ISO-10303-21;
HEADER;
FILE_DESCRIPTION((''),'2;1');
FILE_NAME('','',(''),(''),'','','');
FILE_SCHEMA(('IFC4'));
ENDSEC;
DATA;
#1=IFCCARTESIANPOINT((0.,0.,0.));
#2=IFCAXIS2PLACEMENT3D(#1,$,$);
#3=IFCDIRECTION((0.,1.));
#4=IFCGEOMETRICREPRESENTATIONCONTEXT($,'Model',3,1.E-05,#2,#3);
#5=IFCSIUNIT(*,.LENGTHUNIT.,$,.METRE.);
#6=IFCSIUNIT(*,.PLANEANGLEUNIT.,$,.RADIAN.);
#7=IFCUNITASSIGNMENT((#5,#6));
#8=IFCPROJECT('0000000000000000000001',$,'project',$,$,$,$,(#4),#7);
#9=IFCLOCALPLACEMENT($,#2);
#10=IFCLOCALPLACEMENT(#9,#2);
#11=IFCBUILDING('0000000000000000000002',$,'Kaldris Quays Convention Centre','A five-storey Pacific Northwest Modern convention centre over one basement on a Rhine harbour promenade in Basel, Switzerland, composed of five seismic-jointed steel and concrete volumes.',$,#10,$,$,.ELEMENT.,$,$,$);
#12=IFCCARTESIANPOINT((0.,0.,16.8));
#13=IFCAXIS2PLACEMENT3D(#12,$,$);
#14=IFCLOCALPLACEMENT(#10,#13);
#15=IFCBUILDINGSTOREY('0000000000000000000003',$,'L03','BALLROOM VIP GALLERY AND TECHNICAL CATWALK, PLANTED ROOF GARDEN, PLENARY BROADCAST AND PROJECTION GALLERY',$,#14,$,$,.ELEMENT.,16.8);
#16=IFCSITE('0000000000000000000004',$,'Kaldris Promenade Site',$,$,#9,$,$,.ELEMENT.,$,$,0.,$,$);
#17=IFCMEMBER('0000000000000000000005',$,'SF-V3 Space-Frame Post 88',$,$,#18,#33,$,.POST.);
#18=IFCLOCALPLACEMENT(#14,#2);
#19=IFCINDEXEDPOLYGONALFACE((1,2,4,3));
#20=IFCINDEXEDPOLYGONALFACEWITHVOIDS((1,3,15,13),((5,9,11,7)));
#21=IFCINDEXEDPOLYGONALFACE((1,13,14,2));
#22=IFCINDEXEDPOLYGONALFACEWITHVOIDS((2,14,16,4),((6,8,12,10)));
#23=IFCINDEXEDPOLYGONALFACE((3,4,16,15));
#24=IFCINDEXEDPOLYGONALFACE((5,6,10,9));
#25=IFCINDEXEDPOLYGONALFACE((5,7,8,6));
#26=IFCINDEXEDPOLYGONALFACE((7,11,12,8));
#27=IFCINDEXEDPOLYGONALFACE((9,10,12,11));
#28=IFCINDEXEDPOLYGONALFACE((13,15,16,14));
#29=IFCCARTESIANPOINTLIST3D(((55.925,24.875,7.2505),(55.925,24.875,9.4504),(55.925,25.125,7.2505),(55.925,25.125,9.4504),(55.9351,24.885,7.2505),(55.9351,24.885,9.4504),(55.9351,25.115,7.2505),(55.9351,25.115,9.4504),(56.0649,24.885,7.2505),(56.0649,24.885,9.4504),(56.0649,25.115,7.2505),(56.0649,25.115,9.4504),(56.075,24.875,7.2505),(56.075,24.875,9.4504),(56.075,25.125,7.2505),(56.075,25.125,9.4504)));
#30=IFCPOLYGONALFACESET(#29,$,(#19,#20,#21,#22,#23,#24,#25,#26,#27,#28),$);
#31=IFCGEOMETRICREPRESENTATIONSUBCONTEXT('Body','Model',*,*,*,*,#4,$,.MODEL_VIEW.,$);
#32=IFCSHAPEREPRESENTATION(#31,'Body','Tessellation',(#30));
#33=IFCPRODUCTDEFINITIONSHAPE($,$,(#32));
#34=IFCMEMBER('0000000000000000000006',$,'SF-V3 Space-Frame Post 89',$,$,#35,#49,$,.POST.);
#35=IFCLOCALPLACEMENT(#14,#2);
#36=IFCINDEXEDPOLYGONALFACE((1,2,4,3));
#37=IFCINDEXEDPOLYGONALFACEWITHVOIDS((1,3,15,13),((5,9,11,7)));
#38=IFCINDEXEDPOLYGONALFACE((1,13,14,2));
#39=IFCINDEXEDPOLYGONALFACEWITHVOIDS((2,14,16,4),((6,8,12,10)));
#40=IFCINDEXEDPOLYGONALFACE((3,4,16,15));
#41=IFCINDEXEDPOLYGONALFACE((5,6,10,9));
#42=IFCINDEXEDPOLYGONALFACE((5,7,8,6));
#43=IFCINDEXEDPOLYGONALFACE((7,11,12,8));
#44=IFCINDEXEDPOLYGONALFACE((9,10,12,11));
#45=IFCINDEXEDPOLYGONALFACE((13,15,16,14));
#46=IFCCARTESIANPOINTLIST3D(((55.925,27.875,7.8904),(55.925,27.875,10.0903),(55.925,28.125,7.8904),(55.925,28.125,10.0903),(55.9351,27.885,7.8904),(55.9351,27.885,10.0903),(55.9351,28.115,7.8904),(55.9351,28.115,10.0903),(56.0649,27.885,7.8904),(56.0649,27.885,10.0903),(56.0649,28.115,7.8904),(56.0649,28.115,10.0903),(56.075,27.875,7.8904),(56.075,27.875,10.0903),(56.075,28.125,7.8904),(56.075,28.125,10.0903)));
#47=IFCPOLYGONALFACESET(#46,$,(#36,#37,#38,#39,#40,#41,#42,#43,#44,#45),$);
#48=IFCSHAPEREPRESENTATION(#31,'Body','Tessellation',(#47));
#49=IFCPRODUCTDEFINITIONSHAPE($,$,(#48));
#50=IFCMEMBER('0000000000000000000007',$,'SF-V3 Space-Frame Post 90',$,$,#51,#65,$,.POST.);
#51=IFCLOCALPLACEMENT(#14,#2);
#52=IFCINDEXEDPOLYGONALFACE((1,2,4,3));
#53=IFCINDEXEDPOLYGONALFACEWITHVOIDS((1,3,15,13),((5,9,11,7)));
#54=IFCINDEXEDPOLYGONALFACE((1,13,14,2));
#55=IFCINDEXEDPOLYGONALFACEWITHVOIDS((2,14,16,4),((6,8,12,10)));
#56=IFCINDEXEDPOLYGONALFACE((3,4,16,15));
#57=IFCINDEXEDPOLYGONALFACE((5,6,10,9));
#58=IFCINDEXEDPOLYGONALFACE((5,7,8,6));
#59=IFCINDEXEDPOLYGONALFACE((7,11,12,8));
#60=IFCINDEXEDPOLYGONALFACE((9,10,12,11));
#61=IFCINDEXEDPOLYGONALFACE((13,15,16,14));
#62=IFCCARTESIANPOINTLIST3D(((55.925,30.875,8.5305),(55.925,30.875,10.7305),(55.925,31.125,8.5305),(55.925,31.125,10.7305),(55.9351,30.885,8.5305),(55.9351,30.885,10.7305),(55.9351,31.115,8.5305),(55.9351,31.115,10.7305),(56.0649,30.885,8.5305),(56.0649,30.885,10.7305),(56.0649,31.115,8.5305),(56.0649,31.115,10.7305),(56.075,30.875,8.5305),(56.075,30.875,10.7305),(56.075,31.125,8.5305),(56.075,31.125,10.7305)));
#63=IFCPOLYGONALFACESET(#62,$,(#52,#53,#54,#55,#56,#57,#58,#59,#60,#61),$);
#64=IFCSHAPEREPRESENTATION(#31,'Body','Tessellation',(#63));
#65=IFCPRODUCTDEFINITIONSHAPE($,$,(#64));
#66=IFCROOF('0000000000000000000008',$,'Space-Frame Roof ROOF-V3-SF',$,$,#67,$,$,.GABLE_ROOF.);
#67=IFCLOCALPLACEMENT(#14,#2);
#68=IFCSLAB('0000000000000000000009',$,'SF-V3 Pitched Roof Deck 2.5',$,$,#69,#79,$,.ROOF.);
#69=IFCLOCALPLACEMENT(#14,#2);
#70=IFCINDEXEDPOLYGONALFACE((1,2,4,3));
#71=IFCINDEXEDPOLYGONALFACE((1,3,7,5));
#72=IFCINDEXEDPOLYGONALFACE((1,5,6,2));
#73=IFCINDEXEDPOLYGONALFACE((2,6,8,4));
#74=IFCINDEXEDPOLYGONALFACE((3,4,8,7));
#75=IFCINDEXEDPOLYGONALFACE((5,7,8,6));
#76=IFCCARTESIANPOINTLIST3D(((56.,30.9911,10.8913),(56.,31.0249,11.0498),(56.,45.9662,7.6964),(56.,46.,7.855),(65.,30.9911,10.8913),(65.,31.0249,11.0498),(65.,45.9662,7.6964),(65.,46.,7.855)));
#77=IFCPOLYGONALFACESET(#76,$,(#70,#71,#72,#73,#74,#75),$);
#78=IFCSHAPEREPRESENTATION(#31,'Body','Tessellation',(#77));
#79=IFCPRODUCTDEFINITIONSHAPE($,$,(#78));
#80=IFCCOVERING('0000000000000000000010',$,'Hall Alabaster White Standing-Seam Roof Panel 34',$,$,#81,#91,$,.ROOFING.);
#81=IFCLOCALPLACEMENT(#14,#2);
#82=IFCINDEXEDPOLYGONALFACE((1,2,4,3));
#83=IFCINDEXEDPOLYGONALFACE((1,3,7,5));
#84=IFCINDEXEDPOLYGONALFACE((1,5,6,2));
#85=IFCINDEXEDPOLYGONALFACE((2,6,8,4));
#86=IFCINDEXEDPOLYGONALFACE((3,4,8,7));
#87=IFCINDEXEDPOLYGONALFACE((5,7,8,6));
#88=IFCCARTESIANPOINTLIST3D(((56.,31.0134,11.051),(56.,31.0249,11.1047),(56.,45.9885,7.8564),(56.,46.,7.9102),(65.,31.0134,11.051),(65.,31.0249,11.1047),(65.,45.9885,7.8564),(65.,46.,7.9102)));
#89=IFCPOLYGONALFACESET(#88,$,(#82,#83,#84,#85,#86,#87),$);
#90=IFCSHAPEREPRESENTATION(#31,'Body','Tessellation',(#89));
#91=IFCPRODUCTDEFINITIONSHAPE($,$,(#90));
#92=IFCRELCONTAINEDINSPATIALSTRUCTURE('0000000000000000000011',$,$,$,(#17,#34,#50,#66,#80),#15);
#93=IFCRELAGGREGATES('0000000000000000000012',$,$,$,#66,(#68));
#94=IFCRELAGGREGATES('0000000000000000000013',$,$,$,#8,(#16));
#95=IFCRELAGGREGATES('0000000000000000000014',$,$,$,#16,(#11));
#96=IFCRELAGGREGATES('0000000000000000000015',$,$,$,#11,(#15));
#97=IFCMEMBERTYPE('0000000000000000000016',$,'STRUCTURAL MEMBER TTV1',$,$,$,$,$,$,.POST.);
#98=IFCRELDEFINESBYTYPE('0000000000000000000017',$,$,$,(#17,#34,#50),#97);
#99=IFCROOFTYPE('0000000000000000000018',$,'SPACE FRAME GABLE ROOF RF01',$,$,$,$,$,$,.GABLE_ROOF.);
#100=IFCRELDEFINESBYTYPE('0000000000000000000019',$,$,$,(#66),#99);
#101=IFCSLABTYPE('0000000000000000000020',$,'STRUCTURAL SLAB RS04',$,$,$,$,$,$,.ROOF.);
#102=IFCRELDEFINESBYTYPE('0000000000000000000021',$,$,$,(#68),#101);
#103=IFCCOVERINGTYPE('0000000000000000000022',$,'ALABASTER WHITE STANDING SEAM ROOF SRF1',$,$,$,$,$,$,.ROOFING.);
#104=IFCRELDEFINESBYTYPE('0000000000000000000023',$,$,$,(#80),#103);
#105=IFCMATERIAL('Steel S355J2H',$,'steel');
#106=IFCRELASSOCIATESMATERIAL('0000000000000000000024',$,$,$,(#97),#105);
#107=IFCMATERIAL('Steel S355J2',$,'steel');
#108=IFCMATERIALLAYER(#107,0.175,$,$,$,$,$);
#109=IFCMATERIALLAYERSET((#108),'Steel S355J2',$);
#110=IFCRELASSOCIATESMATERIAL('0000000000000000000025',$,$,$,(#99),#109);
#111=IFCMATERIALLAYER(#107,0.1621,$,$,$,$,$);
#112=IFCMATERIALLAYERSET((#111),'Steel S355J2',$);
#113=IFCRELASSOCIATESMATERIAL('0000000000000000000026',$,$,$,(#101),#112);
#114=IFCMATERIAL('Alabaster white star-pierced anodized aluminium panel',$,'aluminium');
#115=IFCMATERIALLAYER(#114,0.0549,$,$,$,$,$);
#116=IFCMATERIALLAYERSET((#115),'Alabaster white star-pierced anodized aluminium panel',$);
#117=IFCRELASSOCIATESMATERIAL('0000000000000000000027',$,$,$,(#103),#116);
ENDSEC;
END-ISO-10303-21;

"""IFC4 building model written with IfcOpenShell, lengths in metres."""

from ifc_helpers import new_model, si_unit, direction, frame, origin, origin_2d, place, context, subcontext, project, spatial, polyline, hollow_rectangle, outline, extrude, material, layer, layer_set, material_profile, profile_set, type_object, element, aggregate, save


model = new_model("IFC4")

# Units and contexts
model_context = context("Model", 3, precision=1e-05, world=origin(), true_north=direction((0.0, 1.0)))
body_context = subcontext(model_context, "Body", "Model", "MODEL_VIEW")
ifc_project = project(units=[si_unit("LENGTHUNIT", "METRE"), si_unit("PLANEANGLEUNIT", "RADIAN")], contexts=[model_context])

# Site, building, storey
site_placement = place(None, origin())
site = spatial("IfcSite", under=ifc_project, at=site_placement, Name="Kaldris Promenade Site", CompositionType="ELEMENT", RefElevation=0.0)
building_placement = place(site_placement, origin())
building = spatial("IfcBuilding", under=site, at=building_placement, Name="Kaldris Quays Convention Centre", Description="A five-storey Pacific Northwest Modern convention centre over one basement on a Rhine harbour promenade in Basel, Switzerland, composed of five seismic-jointed steel and concrete volumes.", CompositionType="ELEMENT")
storey_placement = place(building_placement, frame((0.0, 0.0, 16.8)))
storey = spatial("IfcBuildingStorey", under=building, at=storey_placement, Name="L03", Description="BALLROOM VIP GALLERY AND TECHNICAL CATWALK, PLANTED ROOF GARDEN, PLENARY BROADCAST AND PROJECTION GALLERY", CompositionType="ELEMENT", Elevation=16.8)

# Members
ifc_material_1 = material(Name="Steel S355J2H", Category="steel")
ifc_material_profile_1 = material_profile(ifc_material_1, hollow_rectangle(XDim=0.1499, YDim=0.25, WallThickness=0.01, at=origin_2d()), Name="RHS 250x150x10")
ifc_profile_set_1 = profile_set([ifc_material_profile_1], Name="Steel S355J2H")
member_type_1 = type_object("IfcMemberType", Name="STRUCTURAL MEMBER TTV1", PredefinedType="POST", material=ifc_profile_set_1)
for number, where, z_axis, x_axis, name in (
    (1, (56.0, 25.0, 7.2505), (0.0, 0.0, 1.0), (1.0, 0.0, 0.0), "SF-V3 Space-Frame Post 88"),
    (2, (56.0, 28.0, 7.8904), (0.0, 0.0, 1.0), (1.0, 0.0, 0.0), "SF-V3 Space-Frame Post 89"),
    (3, (56.0, 31.0, 8.5305), (0.0, 0.0, 1.0), (1.0, 0.0, 0.0), "SF-V3 Space-Frame Post 90"),
):
    element("IfcMember", number, at=place(storey_placement, frame(where, z_axis=z_axis, x_axis=x_axis)), inside=storey, type_object=member_type_1, Name=name, PredefinedType="POST", context=body_context, shape_type="SweptSolid", body=[
        extrude(hollow_rectangle(XDim=0.1499, YDim=0.25, WallThickness=0.01, at=origin_2d()), origin(), (0.0, 0.0, 1.0), 2.2),
    ])

# Roof, slab
ifc_material_2 = material(Name="Steel S355J2", Category="steel")
ifc_layer_1 = layer(ifc_material_2, 0.175)
ifc_layer_set_1 = layer_set([ifc_layer_1], Name="Steel S355J2")
roof_type = type_object("IfcRoofType", Name="SPACE FRAME GABLE ROOF RF01", PredefinedType="GABLE_ROOF", material=ifc_layer_set_1)
roof_placement = place(storey_placement, origin())
roof = element("IfcRoof", 4, at=roof_placement, inside=storey, type_object=roof_type, Name="Space-Frame Roof ROOF-V3-SF", PredefinedType="GABLE_ROOF")
ifc_layer_2 = layer(ifc_material_2, 0.1621)
ifc_layer_set_2 = layer_set([ifc_layer_2], Name="Steel S355J2")
slab_type = type_object("IfcSlabType", Name="STRUCTURAL SLAB RS04", PredefinedType="ROOF", material=ifc_layer_set_2)
slab_placement = place(storey_placement, frame((56.0, 31.0249, 11.0498), z_axis=(0.0, 0.208647, 0.977991), x_axis=(1.0, 0.0, 0.0)))
slab = element("IfcSlab", 5, at=slab_placement, type_object=slab_type, Name="SF-V3 Pitched Roof Deck 2.5", PredefinedType="ROOF", context=body_context, shape_type="SweptSolid", body=[
    extrude(outline(polyline([(0.0, 0.0), (9.0, 0.0), (9.0, 15.3121), (0.0, 15.3121), (0.0, 0.0)])), origin(), (0.0, 0.0, -1.0), 0.1621),
])
aggregate(roof, [slab])

# Covering
ifc_material_3 = material(Name="Alabaster white star-pierced anodized aluminium panel", Category="aluminium")
ifc_layer_3 = layer(ifc_material_3, 0.0549)
ifc_layer_set_3 = layer_set([ifc_layer_3], Name="Alabaster white star-pierced anodized aluminium panel")
covering_type = type_object("IfcCoveringType", Name="ALABASTER WHITE STANDING SEAM ROOF SRF1", PredefinedType="ROOFING", material=ifc_layer_set_3)
covering_placement = place(storey_placement, frame((56.0, 31.0249, 11.1047), z_axis=(0.0, 0.208632, 0.977994), x_axis=(1.0, 0.0, 0.0)))
element("IfcCovering", 6, at=covering_placement, inside=storey, type_object=covering_type, Name="Hall Alabaster White Standing-Seam Roof Panel 34", PredefinedType="ROOFING", context=body_context, shape_type="SweptSolid", body=[
    extrude(outline(polyline([(0.0, 0.0), (9.0, 0.0), (9.0, 15.3121), (0.0, 15.3121), (0.0, 0.0)])), origin(), (0.0, 0.0, -1.0), 0.0549),
])

save(model, "model.ifc")
